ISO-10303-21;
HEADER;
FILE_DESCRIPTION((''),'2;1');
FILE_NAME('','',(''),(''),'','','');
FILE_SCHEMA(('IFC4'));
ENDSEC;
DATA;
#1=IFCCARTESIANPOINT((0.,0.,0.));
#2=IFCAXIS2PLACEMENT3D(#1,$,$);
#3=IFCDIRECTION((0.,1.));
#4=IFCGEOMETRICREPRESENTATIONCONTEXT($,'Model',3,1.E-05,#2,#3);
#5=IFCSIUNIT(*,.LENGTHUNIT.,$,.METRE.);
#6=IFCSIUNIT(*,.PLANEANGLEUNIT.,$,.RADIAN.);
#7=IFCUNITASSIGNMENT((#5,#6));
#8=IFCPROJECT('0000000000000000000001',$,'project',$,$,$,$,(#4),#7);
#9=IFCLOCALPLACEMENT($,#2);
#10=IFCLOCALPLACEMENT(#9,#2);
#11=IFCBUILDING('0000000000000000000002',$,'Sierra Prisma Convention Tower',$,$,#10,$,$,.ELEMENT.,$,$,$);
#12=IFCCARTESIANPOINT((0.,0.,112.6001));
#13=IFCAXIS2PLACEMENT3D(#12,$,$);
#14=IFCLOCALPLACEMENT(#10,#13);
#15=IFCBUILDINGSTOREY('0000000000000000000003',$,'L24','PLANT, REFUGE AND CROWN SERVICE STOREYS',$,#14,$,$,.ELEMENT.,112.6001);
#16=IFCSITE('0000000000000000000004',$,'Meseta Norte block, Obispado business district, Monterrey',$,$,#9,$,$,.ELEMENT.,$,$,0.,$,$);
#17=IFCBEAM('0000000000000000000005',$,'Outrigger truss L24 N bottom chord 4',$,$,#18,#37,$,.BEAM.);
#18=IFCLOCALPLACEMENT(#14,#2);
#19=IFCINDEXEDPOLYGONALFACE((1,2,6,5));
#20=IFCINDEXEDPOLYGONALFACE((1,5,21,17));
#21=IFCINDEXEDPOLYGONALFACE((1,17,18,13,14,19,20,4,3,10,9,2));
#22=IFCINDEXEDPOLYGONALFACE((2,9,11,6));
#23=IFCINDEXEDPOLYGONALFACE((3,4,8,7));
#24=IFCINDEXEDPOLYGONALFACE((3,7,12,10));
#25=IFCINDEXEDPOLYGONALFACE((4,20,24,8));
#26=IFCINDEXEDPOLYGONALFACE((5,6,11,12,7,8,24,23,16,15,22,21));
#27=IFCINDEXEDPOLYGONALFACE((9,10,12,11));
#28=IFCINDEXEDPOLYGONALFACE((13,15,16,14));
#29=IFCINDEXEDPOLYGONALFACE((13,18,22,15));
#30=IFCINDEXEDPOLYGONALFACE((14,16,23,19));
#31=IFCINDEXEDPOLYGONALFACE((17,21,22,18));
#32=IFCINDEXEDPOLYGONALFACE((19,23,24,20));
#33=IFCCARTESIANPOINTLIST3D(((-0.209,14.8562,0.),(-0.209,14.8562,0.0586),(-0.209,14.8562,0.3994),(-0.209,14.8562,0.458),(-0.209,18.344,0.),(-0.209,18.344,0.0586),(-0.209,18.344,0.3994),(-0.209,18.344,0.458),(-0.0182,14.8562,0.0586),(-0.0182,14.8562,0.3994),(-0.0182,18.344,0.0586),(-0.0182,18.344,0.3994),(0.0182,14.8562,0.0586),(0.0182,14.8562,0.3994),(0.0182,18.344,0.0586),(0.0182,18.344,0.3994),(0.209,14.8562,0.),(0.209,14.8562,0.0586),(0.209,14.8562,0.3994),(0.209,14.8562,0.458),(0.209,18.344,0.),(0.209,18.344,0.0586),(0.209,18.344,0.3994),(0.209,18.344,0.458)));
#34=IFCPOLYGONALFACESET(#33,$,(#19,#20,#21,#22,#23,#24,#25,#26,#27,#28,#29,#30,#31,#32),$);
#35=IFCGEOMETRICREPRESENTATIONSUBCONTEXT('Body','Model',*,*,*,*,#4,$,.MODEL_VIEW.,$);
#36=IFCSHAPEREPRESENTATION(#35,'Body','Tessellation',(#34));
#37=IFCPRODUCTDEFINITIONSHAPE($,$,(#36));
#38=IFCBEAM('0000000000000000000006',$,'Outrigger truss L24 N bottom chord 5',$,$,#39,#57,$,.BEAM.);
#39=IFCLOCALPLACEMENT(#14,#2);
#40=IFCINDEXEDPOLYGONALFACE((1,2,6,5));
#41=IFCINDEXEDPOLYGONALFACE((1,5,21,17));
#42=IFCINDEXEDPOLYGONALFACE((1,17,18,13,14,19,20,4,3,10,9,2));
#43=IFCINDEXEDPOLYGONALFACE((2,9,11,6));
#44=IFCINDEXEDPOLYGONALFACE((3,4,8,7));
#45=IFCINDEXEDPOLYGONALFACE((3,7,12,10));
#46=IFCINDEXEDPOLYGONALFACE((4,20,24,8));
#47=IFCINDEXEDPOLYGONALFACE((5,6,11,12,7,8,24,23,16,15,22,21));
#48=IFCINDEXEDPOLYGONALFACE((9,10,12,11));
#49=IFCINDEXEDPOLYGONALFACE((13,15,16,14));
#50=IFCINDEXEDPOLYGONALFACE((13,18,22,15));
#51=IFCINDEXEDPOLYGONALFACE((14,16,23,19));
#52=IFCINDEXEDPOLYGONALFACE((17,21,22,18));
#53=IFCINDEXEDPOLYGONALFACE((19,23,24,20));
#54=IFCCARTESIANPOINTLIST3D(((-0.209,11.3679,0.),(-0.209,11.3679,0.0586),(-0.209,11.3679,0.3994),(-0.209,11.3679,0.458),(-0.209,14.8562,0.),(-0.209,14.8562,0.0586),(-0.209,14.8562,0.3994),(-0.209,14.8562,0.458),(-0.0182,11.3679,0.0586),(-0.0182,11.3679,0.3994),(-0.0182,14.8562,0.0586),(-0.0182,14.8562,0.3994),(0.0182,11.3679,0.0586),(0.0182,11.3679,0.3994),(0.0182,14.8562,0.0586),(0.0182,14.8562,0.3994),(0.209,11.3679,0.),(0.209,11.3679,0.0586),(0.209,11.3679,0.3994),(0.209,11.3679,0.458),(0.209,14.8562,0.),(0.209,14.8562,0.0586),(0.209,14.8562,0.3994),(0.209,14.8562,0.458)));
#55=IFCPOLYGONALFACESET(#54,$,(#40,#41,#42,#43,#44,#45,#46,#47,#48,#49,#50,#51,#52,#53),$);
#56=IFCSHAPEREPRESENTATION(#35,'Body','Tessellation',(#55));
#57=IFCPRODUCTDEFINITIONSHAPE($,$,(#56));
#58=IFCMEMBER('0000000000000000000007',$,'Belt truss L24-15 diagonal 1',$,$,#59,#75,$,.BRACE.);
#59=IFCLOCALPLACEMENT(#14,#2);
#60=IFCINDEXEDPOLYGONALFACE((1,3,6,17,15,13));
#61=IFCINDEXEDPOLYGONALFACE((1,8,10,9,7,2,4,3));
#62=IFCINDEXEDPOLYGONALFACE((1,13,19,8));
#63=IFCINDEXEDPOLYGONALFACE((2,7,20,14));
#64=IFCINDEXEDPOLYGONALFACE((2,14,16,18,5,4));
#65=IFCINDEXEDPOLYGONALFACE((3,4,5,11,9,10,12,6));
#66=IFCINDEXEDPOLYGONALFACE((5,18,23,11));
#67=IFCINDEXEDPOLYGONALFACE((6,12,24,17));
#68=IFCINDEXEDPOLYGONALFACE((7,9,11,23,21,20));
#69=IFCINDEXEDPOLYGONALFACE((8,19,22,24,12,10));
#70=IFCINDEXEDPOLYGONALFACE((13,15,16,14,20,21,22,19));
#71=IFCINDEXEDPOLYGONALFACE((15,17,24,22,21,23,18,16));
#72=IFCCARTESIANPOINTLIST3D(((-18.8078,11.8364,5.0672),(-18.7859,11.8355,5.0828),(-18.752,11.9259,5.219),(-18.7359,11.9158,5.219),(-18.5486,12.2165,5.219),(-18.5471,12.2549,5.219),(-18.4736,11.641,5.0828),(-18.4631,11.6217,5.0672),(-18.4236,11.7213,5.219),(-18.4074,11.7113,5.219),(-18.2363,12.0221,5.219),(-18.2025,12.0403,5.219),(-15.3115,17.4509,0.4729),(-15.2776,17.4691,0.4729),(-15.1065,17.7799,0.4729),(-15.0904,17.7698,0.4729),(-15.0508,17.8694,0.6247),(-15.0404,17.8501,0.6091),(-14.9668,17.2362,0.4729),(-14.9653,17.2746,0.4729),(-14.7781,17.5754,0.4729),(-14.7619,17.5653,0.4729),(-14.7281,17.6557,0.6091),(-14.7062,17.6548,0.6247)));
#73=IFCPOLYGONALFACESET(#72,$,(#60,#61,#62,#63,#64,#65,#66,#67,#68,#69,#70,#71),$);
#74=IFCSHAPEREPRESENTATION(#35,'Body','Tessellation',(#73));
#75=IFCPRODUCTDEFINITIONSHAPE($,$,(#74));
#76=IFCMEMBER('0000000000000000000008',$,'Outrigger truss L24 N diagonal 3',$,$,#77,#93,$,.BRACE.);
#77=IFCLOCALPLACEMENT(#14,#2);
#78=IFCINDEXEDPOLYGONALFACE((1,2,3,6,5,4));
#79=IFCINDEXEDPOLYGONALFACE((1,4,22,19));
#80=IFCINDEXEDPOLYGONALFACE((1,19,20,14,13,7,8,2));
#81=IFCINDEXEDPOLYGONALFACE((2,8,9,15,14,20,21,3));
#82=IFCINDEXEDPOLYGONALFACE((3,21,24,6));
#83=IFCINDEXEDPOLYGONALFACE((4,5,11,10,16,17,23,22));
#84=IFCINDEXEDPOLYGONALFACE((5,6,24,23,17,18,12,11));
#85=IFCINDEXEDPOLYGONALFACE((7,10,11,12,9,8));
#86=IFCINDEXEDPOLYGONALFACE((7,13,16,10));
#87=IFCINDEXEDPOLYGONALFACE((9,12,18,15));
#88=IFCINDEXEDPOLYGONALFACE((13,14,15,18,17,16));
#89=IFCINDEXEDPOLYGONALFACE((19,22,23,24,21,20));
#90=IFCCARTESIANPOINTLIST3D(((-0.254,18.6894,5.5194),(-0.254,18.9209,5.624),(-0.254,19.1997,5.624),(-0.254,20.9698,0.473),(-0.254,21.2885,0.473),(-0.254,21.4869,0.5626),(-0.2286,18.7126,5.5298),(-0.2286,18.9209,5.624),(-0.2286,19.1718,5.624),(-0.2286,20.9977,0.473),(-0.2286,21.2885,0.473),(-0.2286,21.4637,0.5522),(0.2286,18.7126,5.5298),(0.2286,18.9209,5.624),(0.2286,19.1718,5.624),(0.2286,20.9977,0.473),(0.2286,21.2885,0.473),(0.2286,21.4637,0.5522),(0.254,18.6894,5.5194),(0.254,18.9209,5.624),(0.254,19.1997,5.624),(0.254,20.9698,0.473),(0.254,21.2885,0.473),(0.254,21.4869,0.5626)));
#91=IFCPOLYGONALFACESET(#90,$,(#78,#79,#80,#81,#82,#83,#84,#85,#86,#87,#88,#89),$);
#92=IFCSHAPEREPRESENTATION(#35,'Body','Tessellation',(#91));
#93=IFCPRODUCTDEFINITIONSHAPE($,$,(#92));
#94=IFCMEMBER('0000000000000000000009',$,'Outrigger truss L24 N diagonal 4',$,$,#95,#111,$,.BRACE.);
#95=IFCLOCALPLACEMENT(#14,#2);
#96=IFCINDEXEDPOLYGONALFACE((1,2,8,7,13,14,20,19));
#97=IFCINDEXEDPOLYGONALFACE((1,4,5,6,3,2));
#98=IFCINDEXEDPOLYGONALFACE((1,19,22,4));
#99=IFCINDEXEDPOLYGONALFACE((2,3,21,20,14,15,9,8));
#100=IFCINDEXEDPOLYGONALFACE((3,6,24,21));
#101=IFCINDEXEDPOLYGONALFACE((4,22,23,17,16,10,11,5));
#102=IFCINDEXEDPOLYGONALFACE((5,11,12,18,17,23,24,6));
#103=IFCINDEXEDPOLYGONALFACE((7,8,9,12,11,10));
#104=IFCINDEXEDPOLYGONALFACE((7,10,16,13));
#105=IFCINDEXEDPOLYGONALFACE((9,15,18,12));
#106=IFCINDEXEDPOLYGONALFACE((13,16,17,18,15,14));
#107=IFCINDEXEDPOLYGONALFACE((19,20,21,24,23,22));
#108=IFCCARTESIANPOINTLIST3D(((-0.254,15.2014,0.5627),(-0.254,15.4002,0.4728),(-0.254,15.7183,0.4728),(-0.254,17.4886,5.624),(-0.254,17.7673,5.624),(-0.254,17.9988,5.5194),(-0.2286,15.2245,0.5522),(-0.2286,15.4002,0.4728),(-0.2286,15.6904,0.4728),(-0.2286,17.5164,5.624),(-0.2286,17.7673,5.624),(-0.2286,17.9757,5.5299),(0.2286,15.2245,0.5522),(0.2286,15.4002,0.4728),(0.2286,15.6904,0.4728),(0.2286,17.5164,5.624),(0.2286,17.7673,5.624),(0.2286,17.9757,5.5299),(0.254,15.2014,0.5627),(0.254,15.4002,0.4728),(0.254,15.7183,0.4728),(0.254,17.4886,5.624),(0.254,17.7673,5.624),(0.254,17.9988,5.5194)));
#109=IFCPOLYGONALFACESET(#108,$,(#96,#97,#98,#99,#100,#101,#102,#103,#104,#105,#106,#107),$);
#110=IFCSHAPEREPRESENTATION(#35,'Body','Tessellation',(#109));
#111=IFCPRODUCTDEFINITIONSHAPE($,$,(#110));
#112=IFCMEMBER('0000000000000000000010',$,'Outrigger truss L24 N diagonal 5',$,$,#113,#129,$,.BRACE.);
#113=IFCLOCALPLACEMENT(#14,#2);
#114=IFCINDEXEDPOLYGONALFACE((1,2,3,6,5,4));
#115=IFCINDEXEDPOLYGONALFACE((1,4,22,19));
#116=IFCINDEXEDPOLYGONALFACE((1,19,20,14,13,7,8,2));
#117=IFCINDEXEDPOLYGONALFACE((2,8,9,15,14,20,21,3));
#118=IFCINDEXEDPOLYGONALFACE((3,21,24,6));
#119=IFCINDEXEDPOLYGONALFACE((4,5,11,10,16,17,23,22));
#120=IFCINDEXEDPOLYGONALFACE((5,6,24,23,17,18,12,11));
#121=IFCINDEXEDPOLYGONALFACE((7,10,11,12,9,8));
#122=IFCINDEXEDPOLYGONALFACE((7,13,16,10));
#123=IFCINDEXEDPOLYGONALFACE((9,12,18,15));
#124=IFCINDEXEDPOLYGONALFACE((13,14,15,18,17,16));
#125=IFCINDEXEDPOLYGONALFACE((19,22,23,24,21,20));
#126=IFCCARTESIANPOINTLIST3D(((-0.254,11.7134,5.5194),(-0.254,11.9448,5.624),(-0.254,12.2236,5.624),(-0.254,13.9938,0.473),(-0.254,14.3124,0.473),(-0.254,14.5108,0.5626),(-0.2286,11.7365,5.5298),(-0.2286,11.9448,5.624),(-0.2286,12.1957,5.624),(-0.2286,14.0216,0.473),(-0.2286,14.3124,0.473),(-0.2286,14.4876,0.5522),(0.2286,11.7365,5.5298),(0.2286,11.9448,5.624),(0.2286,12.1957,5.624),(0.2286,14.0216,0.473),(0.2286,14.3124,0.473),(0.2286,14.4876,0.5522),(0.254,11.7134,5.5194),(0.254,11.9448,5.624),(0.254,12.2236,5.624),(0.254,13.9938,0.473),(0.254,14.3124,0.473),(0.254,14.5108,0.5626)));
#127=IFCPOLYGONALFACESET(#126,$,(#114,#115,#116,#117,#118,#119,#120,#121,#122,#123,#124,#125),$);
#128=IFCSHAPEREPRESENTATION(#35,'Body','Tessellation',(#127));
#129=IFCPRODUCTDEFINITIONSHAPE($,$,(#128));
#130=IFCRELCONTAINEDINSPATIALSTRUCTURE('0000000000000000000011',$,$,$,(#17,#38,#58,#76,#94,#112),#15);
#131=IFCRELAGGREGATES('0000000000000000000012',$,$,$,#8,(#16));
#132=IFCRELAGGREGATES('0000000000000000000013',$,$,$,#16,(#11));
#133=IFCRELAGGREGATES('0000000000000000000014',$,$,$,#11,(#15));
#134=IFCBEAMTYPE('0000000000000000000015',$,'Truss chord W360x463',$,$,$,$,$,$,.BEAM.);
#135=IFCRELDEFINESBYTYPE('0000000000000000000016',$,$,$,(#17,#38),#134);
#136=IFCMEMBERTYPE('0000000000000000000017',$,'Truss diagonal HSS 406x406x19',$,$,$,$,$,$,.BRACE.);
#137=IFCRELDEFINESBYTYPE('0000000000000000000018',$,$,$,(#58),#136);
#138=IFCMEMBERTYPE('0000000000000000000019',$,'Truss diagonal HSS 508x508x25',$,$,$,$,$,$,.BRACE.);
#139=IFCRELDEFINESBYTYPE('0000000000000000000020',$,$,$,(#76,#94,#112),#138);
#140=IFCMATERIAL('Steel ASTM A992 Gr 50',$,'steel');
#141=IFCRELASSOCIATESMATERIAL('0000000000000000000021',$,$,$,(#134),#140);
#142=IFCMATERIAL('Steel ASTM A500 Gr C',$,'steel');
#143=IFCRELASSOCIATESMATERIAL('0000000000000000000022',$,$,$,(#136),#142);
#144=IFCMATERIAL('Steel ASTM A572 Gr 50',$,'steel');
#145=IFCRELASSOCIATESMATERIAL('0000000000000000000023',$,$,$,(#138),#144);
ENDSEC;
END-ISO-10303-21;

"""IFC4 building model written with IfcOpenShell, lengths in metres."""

from ifc_helpers import new_model, si_unit, direction, frame, origin, origin_2d, place, context, subcontext, project, spatial, hollow_rectangle, i_section, extrude, clip, halfspace, material, material_profile, profile_set, type_object, element, save


model = new_model("IFC4")

# Units and contexts
model_context = context("Model", 3, precision=1e-05, world=origin(), true_north=direction((0.0, 1.0)))
body_context = subcontext(model_context, "Body", "Model", "MODEL_VIEW")
ifc_project = project(units=[si_unit("LENGTHUNIT", "METRE"), si_unit("PLANEANGLEUNIT", "RADIAN")], contexts=[model_context])

# Site, building, storey
site_placement = place(None, origin())
site = spatial("IfcSite", under=ifc_project, at=site_placement, Name="Meseta Norte block, Obispado business district, Monterrey", CompositionType="ELEMENT", RefElevation=0.0)
building_placement = place(site_placement, origin())
building = spatial("IfcBuilding", under=site, at=building_placement, Name="Sierra Prisma Convention Tower", CompositionType="ELEMENT")
storey_placement = place(building_placement, frame((0.0, 0.0, 112.6001)))
storey = spatial("IfcBuildingStorey", under=building, at=storey_placement, Name="L24", Description="PLANT, REFUGE AND CROWN SERVICE STOREYS", CompositionType="ELEMENT", Elevation=112.6001)

# Beams
ifc_material_1 = material(Name="Steel ASTM A992 Gr 50", Category="steel")
ifc_material_profile_1 = material_profile(ifc_material_1, i_section(OverallWidth=0.418, OverallDepth=0.458, WebThickness=0.0364, FlangeThickness=0.0586, at=origin_2d()), Name="W360x463")
ifc_profile_set_1 = profile_set([ifc_material_profile_1], Name="Steel ASTM A992 Gr 50")
beam_type_1 = type_object("IfcBeamType", Name="Truss chord W360x463", PredefinedType="BEAM", material=ifc_profile_set_1)
beam_1_placement = place(storey_placement, frame((0.0, 18.344, 0.229), z_axis=(0.0, -1.0, 0.0), x_axis=(1.0, 0.0, 0.0)))
element("IfcBeam", 1, at=beam_1_placement, inside=storey, type_object=beam_type_1, Name="Outrigger truss L24 N bottom chord 4", PredefinedType="BEAM", context=body_context, shape_type="SweptSolid", body=[
    extrude(i_section(OverallWidth=0.418, OverallDepth=0.458, WebThickness=0.0364, FlangeThickness=0.0586, at=origin_2d()), origin(), (0.0, 0.0, 1.0), 3.4878),
])
beam_2_placement = place(storey_placement, frame((0.0, 14.8562, 0.229), z_axis=(0.0, -1.0, 0.0), x_axis=(1.0, 0.0, 0.0)))
element("IfcBeam", 2, at=beam_2_placement, inside=storey, type_object=beam_type_1, Name="Outrigger truss L24 N bottom chord 5", PredefinedType="BEAM", context=body_context, shape_type="SweptSolid", body=[
    extrude(i_section(OverallWidth=0.418, OverallDepth=0.458, WebThickness=0.0364, FlangeThickness=0.0586, at=origin_2d()), origin(), (0.0, 0.0, 1.0), 3.4883),
])

# Members
ifc_material_2 = material(Name="Steel ASTM A500 Gr C", Category="steel")
ifc_material_profile_2 = material_profile(ifc_material_2, hollow_rectangle(XDim=0.406, YDim=0.406, WallThickness=0.019, at=origin_2d()), Name="Truss diagonal HSS 406x406x19")
ifc_profile_set_2 = profile_set([ifc_material_profile_2], Name="Steel ASTM A500 Gr C")
member_type_1 = type_object("IfcMemberType", Name="Truss diagonal HSS 406x406x19", PredefinedType="BRACE", material=ifc_profile_set_2)
member_1_placement = place(storey_placement, frame((-14.9397, 17.6638, 0.458), z_axis=(-0.434152, -0.697175, 0.57049), x_axis=(0.848863, -0.528613, 0.0)))
element("IfcMember", 3, at=member_1_placement, inside=storey, type_object=member_type_1, Name="Belt truss L24-15 diagonal 1", PredefinedType="BRACE", context=body_context, shape_type="SweptSolid", body=[
    clip(clip(extrude(hollow_rectangle(XDim=0.406, YDim=0.406, WallThickness=0.019, at=origin_2d()), origin(), (0.0, 0.0, 1.0), 8.3716), halfspace(frame((0.0002, 0.0122, 0.0085), z_axis=(0.0, 0.821304, 0.57049), x_axis=(1.0, 0.0, 0.0)), True)), halfspace(frame((0.0, -0.0122, 8.363), z_axis=(0.0, -0.821304, -0.57049), x_axis=(1.0, 0.0, 0.0)), True)),
])
ifc_material_3 = material(Name="Steel ASTM A572 Gr 50", Category="steel")
ifc_material_profile_3 = material_profile(ifc_material_3, hollow_rectangle(XDim=0.5081, YDim=0.5081, WallThickness=0.0254, at=origin_2d()), Name="Truss diagonal HSS 508x508x25")
ifc_profile_set_3 = profile_set([ifc_material_profile_3], Name="Steel ASTM A572 Gr 50")
member_type_2 = type_object("IfcMemberType", Name="Truss diagonal HSS 508x508x25", PredefinedType="BRACE", material=ifc_profile_set_3)
member_2_placement = place(storey_placement, frame((0.0, 21.2554, 0.458), z_axis=(0.0, -0.411797, 0.911276), x_axis=(1.0, 0.0, 0.0)))
element("IfcMember", 4, at=member_2_placement, inside=storey, type_object=member_type_2, Name="Outrigger truss L24 N diagonal 3", PredefinedType="BRACE", context=body_context, shape_type="SweptSolid", body=[
    clip(clip(extrude(hollow_rectangle(XDim=0.5081, YDim=0.5081, WallThickness=0.0254, at=origin_2d()), origin(), (0.0, 0.0, 1.0), 5.6689), halfspace(frame((0.0, 0.0061, 0.0137), z_axis=(0.0, 0.411797, 0.911276), x_axis=(1.0, 0.0, 0.0)), True)), halfspace(frame((0.0, 0.0, 5.6689), z_axis=(0.0, -0.411797, -0.911276), x_axis=(1.0, 0.0, 0.0)), True)),
])
member_3_placement = place(storey_placement, frame((0.0, 17.7673, 5.624), z_axis=(0.0, -0.411797, -0.911276), x_axis=(1.0, 0.0, 0.0)))
element("IfcMember", 5, at=member_3_placement, inside=storey, type_object=member_type_2, Name="Outrigger truss L24 N diagonal 4", PredefinedType="BRACE", context=body_context, shape_type="SweptSolid", body=[
    clip(clip(extrude(hollow_rectangle(XDim=0.5081, YDim=0.5081, WallThickness=0.0254, at=origin_2d()), origin(), (0.0, 0.0, 1.0), 5.6689), halfspace(frame((0.0, 0.0, 0.0), z_axis=(0.0, -0.411797, 0.911276), x_axis=(1.0, 0.0, 0.0)), True)), halfspace(frame((0.0, 0.0061, 5.6555), z_axis=(0.0, 0.411797, -0.911276), x_axis=(1.0, 0.0, 0.0)), True)),
])
member_4_placement = place(storey_placement, frame((0.0, 14.2793, 0.458), z_axis=(0.0, -0.411797, 0.911276), x_axis=(1.0, 0.0, 0.0)))
element("IfcMember", 6, at=member_4_placement, inside=storey, type_object=member_type_2, Name="Outrigger truss L24 N diagonal 5", PredefinedType="BRACE", context=body_context, shape_type="SweptSolid", body=[
    clip(clip(extrude(hollow_rectangle(XDim=0.5081, YDim=0.5081, WallThickness=0.0254, at=origin_2d()), origin(), (0.0, 0.0, 1.0), 5.6689), halfspace(frame((0.0, 0.0061, 0.0137), z_axis=(0.0, 0.411797, 0.911276), x_axis=(1.0, 0.0, 0.0)), True)), halfspace(frame((0.0, 0.0, 5.6689), z_axis=(0.0, -0.411797, -0.911276), x_axis=(1.0, 0.0, 0.0)), True)),
])

save(model, "model.ifc")
